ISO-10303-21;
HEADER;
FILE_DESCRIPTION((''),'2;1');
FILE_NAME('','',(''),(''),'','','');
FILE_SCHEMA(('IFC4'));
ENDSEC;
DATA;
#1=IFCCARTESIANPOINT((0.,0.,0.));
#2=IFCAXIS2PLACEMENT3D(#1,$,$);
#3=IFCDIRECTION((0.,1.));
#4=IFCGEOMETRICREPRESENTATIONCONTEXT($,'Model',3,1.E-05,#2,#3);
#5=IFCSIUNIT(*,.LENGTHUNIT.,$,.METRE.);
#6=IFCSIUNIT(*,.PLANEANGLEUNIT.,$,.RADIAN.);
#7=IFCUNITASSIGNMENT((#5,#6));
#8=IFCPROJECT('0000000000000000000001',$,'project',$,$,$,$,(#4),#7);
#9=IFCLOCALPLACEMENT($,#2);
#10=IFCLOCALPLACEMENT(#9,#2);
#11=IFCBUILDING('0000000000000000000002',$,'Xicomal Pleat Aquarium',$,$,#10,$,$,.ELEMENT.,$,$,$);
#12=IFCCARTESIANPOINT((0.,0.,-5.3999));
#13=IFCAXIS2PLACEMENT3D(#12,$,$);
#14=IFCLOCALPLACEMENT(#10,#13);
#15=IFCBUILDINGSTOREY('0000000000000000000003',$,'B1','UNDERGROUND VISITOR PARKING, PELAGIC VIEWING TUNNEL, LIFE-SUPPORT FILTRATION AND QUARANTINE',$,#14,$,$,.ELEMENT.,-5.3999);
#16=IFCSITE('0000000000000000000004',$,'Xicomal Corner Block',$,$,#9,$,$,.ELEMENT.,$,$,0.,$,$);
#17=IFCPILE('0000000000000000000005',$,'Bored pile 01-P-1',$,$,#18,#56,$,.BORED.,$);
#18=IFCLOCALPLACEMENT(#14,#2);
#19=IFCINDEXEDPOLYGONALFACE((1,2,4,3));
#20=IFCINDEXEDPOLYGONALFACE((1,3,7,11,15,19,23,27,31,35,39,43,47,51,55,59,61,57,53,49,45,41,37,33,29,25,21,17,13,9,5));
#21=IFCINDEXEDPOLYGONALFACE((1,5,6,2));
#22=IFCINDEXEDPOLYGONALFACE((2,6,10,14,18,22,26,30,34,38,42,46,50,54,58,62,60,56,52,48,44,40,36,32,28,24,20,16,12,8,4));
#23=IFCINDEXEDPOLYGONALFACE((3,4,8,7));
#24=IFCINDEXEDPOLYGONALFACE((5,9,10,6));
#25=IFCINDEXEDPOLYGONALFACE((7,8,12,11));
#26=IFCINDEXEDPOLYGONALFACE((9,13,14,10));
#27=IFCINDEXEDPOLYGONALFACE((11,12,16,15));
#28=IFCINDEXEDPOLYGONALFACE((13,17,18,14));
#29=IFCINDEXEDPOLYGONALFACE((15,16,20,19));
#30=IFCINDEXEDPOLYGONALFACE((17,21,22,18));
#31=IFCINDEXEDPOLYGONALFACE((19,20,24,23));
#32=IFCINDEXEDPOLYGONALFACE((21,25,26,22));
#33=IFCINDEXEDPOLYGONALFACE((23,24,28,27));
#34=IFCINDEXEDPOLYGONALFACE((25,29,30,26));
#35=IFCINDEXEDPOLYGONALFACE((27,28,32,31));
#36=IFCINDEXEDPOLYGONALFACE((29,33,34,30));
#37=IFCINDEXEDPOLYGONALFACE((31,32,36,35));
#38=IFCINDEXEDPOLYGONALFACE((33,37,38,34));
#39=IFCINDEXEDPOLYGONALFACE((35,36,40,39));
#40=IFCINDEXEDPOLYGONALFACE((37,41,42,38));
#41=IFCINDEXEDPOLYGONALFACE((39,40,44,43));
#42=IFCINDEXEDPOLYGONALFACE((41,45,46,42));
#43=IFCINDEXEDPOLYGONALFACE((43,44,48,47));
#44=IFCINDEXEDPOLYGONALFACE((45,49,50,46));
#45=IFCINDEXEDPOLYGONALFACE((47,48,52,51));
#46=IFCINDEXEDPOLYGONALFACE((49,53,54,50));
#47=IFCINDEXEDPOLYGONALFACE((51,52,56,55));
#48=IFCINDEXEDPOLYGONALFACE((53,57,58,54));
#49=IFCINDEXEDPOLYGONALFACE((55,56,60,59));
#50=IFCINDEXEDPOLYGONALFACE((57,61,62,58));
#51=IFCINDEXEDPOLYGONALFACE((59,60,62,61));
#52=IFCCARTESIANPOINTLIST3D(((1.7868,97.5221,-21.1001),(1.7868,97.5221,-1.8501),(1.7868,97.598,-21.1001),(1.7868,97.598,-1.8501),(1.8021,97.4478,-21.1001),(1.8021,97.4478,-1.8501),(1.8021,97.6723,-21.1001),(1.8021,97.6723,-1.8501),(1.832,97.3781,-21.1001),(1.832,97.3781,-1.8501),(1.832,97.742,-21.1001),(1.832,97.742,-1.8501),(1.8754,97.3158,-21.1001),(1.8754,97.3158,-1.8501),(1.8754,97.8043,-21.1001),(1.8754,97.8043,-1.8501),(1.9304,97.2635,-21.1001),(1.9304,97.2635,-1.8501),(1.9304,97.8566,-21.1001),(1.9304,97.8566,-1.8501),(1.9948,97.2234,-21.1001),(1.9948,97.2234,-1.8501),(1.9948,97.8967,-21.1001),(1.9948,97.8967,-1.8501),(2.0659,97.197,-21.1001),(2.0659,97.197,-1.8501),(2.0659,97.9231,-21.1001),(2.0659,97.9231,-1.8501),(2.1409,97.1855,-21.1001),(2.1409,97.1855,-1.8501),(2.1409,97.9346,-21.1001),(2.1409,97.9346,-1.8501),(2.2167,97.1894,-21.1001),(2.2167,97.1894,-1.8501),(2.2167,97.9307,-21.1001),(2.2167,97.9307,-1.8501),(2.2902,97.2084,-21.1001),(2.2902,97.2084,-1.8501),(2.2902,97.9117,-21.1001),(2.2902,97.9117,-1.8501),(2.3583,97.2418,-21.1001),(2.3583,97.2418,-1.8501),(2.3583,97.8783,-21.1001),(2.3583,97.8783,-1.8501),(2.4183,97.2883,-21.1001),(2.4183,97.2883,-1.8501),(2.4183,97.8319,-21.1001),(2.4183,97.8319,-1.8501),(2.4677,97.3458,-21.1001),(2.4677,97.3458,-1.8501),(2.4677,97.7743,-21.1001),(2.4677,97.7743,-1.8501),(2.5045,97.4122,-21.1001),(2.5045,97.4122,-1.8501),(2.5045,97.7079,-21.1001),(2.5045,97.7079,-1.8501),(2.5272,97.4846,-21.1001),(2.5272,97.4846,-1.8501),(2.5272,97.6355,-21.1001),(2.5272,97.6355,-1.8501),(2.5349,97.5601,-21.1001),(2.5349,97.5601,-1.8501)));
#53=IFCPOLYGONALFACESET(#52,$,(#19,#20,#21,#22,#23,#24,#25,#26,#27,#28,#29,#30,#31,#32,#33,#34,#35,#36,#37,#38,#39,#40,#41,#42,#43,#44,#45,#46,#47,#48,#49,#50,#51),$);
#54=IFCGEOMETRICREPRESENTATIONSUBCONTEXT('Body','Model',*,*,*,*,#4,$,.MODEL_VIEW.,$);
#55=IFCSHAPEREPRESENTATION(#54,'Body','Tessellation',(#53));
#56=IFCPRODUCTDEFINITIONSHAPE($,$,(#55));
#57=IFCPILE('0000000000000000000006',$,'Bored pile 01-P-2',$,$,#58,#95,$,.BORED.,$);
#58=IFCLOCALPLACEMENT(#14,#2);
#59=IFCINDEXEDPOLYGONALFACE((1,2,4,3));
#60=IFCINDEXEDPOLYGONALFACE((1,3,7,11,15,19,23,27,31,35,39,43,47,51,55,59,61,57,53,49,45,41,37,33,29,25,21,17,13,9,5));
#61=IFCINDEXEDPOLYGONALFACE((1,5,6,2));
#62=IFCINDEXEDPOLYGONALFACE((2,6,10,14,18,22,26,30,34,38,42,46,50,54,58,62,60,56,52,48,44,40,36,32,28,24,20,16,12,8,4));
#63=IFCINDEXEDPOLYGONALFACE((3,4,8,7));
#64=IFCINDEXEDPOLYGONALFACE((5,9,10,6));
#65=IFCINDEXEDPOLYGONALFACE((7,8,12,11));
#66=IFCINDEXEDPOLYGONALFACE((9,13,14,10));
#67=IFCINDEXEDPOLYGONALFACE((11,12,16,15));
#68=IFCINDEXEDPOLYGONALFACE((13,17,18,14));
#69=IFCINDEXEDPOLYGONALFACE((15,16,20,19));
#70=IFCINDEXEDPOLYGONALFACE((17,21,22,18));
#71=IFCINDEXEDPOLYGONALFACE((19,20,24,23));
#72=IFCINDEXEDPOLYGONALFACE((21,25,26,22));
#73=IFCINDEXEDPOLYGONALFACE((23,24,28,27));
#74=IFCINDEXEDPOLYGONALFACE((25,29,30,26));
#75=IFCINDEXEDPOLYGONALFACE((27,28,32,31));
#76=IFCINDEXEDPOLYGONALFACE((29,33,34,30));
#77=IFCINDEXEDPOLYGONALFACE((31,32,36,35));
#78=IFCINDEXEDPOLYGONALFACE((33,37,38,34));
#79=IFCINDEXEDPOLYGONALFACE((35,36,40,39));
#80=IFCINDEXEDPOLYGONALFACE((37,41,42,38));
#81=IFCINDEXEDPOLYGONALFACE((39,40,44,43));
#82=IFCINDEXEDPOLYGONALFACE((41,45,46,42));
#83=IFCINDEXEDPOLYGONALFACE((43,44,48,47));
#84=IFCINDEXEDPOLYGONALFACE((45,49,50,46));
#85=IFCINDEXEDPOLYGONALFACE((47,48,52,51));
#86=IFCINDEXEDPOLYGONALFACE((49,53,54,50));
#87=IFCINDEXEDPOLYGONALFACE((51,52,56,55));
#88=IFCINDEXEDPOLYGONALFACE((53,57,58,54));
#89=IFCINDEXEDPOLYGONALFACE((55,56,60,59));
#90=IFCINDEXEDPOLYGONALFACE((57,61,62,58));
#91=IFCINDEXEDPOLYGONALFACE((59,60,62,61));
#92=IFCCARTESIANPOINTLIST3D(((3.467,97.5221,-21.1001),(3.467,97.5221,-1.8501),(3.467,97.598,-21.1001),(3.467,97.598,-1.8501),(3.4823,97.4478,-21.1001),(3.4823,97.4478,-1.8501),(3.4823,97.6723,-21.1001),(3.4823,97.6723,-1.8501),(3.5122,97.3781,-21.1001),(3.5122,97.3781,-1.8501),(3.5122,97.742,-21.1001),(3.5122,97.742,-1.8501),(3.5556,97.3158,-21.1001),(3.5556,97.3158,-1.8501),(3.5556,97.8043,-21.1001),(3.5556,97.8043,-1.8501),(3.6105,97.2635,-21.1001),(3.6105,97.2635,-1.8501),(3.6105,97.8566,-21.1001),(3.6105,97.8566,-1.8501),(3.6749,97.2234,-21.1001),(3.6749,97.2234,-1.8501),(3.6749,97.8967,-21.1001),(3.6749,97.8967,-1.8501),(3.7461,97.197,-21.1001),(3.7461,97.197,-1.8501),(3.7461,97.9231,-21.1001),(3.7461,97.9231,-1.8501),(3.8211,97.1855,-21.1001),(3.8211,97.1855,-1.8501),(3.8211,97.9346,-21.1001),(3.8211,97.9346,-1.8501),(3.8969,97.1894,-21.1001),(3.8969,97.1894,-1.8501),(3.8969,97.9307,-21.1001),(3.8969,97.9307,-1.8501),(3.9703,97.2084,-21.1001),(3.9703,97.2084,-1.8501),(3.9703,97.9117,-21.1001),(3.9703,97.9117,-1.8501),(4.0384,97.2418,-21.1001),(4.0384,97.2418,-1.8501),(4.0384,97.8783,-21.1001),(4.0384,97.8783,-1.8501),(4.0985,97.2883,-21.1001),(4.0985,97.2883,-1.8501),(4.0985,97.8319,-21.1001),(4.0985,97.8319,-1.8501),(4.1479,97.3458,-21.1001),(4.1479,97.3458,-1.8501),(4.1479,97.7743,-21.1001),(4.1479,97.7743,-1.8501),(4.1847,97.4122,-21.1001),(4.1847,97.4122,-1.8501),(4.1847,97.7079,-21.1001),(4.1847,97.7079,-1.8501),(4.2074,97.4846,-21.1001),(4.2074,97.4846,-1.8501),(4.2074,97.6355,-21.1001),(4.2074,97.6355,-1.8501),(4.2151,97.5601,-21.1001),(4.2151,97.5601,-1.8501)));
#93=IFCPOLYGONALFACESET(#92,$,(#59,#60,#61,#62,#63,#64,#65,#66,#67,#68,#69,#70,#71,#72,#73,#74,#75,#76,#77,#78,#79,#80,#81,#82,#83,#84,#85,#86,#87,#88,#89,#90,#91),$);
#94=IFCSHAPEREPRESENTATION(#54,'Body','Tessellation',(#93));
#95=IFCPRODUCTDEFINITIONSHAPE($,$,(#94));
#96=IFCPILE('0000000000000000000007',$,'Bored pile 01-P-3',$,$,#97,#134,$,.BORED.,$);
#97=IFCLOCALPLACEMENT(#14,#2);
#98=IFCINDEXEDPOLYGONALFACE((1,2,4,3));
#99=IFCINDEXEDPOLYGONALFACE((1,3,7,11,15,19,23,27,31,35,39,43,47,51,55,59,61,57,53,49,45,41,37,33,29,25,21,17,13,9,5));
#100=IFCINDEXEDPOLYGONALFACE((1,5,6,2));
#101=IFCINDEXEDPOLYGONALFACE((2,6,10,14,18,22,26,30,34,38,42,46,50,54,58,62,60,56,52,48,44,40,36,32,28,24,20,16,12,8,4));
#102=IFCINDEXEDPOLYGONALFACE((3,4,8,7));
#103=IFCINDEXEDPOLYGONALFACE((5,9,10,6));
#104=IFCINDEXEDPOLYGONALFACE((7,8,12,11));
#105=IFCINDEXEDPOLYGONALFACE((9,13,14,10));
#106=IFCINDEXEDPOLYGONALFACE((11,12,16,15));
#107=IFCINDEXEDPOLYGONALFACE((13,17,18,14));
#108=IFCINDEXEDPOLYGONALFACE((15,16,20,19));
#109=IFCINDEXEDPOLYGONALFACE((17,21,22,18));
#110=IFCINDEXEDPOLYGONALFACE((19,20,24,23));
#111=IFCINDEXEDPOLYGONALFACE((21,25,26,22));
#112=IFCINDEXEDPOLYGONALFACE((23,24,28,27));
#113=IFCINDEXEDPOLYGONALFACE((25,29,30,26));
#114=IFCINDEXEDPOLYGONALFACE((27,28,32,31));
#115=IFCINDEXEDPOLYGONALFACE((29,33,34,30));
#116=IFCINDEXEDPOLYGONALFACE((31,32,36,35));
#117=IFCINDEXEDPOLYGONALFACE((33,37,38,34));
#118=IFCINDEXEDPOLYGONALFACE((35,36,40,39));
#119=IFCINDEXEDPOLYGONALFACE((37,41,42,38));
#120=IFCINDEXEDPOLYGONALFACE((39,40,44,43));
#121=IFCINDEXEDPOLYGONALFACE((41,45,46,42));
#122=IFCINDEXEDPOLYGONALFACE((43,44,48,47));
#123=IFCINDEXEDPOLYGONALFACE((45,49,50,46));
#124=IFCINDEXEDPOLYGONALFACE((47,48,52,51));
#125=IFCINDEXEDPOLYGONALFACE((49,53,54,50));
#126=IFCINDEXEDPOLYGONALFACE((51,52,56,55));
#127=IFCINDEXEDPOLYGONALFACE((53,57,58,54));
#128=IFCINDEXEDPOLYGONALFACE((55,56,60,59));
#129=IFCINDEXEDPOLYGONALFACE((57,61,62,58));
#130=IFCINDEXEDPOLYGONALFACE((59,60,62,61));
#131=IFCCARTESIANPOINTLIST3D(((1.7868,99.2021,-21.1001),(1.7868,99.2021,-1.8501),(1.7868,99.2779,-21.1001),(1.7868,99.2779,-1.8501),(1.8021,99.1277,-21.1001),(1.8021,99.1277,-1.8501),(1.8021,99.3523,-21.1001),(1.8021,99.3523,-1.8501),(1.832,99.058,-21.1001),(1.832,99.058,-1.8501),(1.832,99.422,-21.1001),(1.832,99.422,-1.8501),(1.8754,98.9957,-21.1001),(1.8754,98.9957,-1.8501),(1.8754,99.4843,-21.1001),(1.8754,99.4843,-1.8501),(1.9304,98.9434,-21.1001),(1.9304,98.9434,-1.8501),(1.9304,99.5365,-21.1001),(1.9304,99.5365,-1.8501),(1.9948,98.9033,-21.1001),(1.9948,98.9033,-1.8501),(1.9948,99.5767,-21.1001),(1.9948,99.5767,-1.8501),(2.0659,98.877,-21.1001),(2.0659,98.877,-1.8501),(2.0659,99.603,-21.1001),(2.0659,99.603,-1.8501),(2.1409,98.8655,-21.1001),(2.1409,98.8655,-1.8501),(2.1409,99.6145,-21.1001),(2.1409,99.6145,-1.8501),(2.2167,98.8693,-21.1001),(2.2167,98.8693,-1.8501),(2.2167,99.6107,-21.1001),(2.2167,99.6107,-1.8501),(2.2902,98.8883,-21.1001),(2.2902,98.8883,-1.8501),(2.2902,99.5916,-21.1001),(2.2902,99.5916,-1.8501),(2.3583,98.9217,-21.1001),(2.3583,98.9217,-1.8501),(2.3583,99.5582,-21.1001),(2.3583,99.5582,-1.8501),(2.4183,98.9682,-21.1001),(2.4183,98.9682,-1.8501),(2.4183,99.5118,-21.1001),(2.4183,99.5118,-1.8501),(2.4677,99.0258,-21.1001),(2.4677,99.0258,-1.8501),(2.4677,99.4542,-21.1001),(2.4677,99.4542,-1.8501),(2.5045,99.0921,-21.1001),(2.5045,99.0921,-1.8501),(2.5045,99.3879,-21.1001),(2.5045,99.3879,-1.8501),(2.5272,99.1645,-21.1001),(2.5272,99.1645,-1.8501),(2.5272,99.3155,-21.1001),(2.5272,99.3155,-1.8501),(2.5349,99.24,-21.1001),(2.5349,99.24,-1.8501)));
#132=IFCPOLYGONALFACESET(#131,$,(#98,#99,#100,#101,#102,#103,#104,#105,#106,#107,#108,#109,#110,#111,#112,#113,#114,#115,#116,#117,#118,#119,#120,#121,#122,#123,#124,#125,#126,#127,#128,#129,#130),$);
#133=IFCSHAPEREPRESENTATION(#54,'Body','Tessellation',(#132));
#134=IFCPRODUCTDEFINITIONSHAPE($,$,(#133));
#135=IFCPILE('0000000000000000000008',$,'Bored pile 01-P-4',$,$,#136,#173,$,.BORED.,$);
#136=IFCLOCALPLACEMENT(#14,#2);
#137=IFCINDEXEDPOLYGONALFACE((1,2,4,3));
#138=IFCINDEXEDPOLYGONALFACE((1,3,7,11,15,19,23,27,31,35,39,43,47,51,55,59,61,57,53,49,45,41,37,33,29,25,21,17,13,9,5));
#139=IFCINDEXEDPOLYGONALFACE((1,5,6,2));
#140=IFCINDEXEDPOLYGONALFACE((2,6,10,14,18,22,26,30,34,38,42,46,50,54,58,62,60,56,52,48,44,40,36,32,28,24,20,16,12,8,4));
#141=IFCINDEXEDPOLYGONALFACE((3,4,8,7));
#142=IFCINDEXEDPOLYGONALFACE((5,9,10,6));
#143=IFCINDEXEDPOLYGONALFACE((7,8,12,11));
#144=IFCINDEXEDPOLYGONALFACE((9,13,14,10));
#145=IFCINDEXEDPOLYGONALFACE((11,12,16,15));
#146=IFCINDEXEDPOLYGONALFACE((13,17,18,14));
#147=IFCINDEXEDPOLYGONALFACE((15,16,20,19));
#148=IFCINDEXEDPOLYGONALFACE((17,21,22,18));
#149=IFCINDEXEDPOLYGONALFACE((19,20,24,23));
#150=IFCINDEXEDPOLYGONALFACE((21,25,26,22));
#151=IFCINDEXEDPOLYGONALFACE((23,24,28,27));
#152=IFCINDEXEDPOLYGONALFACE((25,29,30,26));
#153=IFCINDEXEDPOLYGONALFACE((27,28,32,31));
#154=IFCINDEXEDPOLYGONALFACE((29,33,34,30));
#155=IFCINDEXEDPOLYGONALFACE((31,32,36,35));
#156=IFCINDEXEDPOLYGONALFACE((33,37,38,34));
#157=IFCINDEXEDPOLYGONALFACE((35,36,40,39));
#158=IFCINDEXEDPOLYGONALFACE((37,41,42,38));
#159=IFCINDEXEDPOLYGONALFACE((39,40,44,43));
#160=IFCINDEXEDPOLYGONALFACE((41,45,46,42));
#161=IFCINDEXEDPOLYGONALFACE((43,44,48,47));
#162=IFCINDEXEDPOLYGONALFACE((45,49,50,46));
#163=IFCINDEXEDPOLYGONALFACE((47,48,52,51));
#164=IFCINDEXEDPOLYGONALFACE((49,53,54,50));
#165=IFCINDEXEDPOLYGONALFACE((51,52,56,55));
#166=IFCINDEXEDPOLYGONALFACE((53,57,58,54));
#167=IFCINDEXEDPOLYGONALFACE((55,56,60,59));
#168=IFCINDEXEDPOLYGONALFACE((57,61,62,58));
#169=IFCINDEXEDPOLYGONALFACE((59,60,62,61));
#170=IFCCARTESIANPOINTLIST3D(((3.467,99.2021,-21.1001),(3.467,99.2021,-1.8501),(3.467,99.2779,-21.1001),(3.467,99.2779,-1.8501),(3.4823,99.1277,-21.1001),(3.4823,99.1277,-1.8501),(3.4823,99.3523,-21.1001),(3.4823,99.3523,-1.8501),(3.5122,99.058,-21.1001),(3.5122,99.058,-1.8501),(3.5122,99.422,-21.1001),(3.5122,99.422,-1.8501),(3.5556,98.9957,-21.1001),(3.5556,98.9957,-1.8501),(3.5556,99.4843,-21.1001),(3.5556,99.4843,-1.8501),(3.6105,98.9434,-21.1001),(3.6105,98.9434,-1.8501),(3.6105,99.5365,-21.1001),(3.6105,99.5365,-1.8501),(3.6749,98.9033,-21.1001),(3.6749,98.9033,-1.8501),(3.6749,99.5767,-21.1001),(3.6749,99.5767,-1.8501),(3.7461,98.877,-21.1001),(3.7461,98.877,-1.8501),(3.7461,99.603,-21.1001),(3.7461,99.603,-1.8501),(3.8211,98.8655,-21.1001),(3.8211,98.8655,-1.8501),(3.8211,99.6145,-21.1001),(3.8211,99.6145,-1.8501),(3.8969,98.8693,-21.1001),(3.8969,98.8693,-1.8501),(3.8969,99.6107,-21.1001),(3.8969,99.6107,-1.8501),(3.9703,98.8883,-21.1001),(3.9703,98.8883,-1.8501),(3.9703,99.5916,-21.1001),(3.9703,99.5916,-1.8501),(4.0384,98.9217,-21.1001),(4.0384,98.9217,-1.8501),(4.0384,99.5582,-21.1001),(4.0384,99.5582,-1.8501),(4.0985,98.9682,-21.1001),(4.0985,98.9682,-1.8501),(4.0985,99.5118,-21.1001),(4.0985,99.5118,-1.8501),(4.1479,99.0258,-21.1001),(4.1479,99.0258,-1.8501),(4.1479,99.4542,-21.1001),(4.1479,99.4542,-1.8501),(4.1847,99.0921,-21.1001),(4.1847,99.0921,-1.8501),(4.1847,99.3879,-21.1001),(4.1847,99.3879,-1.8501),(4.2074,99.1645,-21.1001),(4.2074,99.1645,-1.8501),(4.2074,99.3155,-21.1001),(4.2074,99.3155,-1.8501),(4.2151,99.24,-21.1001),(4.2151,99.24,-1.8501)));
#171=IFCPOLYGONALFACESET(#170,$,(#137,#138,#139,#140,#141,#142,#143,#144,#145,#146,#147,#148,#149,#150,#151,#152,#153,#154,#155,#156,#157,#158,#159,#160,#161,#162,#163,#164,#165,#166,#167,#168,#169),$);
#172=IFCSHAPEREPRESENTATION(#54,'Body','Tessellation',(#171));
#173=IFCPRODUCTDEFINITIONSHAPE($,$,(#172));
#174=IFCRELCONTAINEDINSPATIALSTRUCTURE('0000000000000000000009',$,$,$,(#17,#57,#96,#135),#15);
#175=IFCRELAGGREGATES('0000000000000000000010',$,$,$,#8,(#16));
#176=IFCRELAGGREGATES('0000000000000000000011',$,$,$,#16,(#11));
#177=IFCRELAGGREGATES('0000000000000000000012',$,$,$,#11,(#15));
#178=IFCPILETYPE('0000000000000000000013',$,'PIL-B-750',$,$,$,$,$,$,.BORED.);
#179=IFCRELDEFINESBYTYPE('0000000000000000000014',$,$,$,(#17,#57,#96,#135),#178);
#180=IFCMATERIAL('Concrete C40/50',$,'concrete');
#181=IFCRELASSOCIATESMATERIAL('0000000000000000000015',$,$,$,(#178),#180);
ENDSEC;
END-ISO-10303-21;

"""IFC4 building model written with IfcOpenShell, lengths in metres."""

from ifc_helpers import new_model, si_unit, direction, frame, origin, origin_2d, place, context, subcontext, project, spatial, circle, extrude, material, material_profile, profile_set, type_object, element, save


model = new_model("IFC4")

# Units and contexts
model_context = context("Model", 3, precision=1e-05, world=origin(), true_north=direction((0.0, 1.0)))
body_context = subcontext(model_context, "Body", "Model", "MODEL_VIEW")
ifc_project = project(units=[si_unit("LENGTHUNIT", "METRE"), si_unit("PLANEANGLEUNIT", "RADIAN")], contexts=[model_context])

# Site, building, storey
site_placement = place(None, origin())
site = spatial("IfcSite", under=ifc_project, at=site_placement, Name="Xicomal Corner Block", CompositionType="ELEMENT", RefElevation=0.0)
building_placement = place(site_placement, origin())
building = spatial("IfcBuilding", under=site, at=building_placement, Name="Xicomal Pleat Aquarium", CompositionType="ELEMENT")
storey_placement = place(building_placement, frame((0.0, 0.0, -5.3999)))
storey = spatial("IfcBuildingStorey", under=building, at=storey_placement, Name="B1", Description="UNDERGROUND VISITOR PARKING, PELAGIC VIEWING TUNNEL, LIFE-SUPPORT FILTRATION AND QUARANTINE", CompositionType="ELEMENT", Elevation=-5.3999)

# Piles
ifc_material_1 = material(Name="Concrete C40/50", Category="concrete")
ifc_material_profile_1 = material_profile(ifc_material_1, circle(Radius=0.375, at=origin_2d()), Name="BORED PILE D750")
ifc_profile_set_1 = profile_set([ifc_material_profile_1], Name="Concrete C40/50")
pile_type_1 = type_object("IfcPileType", Name="PIL-B-750", PredefinedType="BORED", material=ifc_profile_set_1)
for number, where, z_axis, x_axis, name in (
    (1, (2.1599, 97.5601, -1.8501), (0.0, 0.0, -1.0), (1.0, 0.0, 0.0), "Bored pile 01-P-1"),
    (2, (3.8401, 97.5601, -1.8501), (0.0, 0.0, -1.0), (1.0, 0.0, 0.0), "Bored pile 01-P-2"),
    (3, (2.1599, 99.24, -1.8501), (0.0, 0.0, -1.0), (1.0, 0.0, 0.0), "Bored pile 01-P-3"),
    (4, (3.8401, 99.24, -1.8501), (0.0, 0.0, -1.0), (1.0, 0.0, 0.0), "Bored pile 01-P-4"),
):
    element("IfcPile", number, at=place(storey_placement, frame(where, z_axis=z_axis, x_axis=x_axis)), inside=storey, type_object=pile_type_1, Name=name, PredefinedType="BORED", context=body_context, shape_type="SweptSolid", body=[
        extrude(circle(Radius=0.375, at=origin_2d()), origin(), (0.0, 0.0, 1.0), 19.25),
    ])

save(model, "model.ifc")
